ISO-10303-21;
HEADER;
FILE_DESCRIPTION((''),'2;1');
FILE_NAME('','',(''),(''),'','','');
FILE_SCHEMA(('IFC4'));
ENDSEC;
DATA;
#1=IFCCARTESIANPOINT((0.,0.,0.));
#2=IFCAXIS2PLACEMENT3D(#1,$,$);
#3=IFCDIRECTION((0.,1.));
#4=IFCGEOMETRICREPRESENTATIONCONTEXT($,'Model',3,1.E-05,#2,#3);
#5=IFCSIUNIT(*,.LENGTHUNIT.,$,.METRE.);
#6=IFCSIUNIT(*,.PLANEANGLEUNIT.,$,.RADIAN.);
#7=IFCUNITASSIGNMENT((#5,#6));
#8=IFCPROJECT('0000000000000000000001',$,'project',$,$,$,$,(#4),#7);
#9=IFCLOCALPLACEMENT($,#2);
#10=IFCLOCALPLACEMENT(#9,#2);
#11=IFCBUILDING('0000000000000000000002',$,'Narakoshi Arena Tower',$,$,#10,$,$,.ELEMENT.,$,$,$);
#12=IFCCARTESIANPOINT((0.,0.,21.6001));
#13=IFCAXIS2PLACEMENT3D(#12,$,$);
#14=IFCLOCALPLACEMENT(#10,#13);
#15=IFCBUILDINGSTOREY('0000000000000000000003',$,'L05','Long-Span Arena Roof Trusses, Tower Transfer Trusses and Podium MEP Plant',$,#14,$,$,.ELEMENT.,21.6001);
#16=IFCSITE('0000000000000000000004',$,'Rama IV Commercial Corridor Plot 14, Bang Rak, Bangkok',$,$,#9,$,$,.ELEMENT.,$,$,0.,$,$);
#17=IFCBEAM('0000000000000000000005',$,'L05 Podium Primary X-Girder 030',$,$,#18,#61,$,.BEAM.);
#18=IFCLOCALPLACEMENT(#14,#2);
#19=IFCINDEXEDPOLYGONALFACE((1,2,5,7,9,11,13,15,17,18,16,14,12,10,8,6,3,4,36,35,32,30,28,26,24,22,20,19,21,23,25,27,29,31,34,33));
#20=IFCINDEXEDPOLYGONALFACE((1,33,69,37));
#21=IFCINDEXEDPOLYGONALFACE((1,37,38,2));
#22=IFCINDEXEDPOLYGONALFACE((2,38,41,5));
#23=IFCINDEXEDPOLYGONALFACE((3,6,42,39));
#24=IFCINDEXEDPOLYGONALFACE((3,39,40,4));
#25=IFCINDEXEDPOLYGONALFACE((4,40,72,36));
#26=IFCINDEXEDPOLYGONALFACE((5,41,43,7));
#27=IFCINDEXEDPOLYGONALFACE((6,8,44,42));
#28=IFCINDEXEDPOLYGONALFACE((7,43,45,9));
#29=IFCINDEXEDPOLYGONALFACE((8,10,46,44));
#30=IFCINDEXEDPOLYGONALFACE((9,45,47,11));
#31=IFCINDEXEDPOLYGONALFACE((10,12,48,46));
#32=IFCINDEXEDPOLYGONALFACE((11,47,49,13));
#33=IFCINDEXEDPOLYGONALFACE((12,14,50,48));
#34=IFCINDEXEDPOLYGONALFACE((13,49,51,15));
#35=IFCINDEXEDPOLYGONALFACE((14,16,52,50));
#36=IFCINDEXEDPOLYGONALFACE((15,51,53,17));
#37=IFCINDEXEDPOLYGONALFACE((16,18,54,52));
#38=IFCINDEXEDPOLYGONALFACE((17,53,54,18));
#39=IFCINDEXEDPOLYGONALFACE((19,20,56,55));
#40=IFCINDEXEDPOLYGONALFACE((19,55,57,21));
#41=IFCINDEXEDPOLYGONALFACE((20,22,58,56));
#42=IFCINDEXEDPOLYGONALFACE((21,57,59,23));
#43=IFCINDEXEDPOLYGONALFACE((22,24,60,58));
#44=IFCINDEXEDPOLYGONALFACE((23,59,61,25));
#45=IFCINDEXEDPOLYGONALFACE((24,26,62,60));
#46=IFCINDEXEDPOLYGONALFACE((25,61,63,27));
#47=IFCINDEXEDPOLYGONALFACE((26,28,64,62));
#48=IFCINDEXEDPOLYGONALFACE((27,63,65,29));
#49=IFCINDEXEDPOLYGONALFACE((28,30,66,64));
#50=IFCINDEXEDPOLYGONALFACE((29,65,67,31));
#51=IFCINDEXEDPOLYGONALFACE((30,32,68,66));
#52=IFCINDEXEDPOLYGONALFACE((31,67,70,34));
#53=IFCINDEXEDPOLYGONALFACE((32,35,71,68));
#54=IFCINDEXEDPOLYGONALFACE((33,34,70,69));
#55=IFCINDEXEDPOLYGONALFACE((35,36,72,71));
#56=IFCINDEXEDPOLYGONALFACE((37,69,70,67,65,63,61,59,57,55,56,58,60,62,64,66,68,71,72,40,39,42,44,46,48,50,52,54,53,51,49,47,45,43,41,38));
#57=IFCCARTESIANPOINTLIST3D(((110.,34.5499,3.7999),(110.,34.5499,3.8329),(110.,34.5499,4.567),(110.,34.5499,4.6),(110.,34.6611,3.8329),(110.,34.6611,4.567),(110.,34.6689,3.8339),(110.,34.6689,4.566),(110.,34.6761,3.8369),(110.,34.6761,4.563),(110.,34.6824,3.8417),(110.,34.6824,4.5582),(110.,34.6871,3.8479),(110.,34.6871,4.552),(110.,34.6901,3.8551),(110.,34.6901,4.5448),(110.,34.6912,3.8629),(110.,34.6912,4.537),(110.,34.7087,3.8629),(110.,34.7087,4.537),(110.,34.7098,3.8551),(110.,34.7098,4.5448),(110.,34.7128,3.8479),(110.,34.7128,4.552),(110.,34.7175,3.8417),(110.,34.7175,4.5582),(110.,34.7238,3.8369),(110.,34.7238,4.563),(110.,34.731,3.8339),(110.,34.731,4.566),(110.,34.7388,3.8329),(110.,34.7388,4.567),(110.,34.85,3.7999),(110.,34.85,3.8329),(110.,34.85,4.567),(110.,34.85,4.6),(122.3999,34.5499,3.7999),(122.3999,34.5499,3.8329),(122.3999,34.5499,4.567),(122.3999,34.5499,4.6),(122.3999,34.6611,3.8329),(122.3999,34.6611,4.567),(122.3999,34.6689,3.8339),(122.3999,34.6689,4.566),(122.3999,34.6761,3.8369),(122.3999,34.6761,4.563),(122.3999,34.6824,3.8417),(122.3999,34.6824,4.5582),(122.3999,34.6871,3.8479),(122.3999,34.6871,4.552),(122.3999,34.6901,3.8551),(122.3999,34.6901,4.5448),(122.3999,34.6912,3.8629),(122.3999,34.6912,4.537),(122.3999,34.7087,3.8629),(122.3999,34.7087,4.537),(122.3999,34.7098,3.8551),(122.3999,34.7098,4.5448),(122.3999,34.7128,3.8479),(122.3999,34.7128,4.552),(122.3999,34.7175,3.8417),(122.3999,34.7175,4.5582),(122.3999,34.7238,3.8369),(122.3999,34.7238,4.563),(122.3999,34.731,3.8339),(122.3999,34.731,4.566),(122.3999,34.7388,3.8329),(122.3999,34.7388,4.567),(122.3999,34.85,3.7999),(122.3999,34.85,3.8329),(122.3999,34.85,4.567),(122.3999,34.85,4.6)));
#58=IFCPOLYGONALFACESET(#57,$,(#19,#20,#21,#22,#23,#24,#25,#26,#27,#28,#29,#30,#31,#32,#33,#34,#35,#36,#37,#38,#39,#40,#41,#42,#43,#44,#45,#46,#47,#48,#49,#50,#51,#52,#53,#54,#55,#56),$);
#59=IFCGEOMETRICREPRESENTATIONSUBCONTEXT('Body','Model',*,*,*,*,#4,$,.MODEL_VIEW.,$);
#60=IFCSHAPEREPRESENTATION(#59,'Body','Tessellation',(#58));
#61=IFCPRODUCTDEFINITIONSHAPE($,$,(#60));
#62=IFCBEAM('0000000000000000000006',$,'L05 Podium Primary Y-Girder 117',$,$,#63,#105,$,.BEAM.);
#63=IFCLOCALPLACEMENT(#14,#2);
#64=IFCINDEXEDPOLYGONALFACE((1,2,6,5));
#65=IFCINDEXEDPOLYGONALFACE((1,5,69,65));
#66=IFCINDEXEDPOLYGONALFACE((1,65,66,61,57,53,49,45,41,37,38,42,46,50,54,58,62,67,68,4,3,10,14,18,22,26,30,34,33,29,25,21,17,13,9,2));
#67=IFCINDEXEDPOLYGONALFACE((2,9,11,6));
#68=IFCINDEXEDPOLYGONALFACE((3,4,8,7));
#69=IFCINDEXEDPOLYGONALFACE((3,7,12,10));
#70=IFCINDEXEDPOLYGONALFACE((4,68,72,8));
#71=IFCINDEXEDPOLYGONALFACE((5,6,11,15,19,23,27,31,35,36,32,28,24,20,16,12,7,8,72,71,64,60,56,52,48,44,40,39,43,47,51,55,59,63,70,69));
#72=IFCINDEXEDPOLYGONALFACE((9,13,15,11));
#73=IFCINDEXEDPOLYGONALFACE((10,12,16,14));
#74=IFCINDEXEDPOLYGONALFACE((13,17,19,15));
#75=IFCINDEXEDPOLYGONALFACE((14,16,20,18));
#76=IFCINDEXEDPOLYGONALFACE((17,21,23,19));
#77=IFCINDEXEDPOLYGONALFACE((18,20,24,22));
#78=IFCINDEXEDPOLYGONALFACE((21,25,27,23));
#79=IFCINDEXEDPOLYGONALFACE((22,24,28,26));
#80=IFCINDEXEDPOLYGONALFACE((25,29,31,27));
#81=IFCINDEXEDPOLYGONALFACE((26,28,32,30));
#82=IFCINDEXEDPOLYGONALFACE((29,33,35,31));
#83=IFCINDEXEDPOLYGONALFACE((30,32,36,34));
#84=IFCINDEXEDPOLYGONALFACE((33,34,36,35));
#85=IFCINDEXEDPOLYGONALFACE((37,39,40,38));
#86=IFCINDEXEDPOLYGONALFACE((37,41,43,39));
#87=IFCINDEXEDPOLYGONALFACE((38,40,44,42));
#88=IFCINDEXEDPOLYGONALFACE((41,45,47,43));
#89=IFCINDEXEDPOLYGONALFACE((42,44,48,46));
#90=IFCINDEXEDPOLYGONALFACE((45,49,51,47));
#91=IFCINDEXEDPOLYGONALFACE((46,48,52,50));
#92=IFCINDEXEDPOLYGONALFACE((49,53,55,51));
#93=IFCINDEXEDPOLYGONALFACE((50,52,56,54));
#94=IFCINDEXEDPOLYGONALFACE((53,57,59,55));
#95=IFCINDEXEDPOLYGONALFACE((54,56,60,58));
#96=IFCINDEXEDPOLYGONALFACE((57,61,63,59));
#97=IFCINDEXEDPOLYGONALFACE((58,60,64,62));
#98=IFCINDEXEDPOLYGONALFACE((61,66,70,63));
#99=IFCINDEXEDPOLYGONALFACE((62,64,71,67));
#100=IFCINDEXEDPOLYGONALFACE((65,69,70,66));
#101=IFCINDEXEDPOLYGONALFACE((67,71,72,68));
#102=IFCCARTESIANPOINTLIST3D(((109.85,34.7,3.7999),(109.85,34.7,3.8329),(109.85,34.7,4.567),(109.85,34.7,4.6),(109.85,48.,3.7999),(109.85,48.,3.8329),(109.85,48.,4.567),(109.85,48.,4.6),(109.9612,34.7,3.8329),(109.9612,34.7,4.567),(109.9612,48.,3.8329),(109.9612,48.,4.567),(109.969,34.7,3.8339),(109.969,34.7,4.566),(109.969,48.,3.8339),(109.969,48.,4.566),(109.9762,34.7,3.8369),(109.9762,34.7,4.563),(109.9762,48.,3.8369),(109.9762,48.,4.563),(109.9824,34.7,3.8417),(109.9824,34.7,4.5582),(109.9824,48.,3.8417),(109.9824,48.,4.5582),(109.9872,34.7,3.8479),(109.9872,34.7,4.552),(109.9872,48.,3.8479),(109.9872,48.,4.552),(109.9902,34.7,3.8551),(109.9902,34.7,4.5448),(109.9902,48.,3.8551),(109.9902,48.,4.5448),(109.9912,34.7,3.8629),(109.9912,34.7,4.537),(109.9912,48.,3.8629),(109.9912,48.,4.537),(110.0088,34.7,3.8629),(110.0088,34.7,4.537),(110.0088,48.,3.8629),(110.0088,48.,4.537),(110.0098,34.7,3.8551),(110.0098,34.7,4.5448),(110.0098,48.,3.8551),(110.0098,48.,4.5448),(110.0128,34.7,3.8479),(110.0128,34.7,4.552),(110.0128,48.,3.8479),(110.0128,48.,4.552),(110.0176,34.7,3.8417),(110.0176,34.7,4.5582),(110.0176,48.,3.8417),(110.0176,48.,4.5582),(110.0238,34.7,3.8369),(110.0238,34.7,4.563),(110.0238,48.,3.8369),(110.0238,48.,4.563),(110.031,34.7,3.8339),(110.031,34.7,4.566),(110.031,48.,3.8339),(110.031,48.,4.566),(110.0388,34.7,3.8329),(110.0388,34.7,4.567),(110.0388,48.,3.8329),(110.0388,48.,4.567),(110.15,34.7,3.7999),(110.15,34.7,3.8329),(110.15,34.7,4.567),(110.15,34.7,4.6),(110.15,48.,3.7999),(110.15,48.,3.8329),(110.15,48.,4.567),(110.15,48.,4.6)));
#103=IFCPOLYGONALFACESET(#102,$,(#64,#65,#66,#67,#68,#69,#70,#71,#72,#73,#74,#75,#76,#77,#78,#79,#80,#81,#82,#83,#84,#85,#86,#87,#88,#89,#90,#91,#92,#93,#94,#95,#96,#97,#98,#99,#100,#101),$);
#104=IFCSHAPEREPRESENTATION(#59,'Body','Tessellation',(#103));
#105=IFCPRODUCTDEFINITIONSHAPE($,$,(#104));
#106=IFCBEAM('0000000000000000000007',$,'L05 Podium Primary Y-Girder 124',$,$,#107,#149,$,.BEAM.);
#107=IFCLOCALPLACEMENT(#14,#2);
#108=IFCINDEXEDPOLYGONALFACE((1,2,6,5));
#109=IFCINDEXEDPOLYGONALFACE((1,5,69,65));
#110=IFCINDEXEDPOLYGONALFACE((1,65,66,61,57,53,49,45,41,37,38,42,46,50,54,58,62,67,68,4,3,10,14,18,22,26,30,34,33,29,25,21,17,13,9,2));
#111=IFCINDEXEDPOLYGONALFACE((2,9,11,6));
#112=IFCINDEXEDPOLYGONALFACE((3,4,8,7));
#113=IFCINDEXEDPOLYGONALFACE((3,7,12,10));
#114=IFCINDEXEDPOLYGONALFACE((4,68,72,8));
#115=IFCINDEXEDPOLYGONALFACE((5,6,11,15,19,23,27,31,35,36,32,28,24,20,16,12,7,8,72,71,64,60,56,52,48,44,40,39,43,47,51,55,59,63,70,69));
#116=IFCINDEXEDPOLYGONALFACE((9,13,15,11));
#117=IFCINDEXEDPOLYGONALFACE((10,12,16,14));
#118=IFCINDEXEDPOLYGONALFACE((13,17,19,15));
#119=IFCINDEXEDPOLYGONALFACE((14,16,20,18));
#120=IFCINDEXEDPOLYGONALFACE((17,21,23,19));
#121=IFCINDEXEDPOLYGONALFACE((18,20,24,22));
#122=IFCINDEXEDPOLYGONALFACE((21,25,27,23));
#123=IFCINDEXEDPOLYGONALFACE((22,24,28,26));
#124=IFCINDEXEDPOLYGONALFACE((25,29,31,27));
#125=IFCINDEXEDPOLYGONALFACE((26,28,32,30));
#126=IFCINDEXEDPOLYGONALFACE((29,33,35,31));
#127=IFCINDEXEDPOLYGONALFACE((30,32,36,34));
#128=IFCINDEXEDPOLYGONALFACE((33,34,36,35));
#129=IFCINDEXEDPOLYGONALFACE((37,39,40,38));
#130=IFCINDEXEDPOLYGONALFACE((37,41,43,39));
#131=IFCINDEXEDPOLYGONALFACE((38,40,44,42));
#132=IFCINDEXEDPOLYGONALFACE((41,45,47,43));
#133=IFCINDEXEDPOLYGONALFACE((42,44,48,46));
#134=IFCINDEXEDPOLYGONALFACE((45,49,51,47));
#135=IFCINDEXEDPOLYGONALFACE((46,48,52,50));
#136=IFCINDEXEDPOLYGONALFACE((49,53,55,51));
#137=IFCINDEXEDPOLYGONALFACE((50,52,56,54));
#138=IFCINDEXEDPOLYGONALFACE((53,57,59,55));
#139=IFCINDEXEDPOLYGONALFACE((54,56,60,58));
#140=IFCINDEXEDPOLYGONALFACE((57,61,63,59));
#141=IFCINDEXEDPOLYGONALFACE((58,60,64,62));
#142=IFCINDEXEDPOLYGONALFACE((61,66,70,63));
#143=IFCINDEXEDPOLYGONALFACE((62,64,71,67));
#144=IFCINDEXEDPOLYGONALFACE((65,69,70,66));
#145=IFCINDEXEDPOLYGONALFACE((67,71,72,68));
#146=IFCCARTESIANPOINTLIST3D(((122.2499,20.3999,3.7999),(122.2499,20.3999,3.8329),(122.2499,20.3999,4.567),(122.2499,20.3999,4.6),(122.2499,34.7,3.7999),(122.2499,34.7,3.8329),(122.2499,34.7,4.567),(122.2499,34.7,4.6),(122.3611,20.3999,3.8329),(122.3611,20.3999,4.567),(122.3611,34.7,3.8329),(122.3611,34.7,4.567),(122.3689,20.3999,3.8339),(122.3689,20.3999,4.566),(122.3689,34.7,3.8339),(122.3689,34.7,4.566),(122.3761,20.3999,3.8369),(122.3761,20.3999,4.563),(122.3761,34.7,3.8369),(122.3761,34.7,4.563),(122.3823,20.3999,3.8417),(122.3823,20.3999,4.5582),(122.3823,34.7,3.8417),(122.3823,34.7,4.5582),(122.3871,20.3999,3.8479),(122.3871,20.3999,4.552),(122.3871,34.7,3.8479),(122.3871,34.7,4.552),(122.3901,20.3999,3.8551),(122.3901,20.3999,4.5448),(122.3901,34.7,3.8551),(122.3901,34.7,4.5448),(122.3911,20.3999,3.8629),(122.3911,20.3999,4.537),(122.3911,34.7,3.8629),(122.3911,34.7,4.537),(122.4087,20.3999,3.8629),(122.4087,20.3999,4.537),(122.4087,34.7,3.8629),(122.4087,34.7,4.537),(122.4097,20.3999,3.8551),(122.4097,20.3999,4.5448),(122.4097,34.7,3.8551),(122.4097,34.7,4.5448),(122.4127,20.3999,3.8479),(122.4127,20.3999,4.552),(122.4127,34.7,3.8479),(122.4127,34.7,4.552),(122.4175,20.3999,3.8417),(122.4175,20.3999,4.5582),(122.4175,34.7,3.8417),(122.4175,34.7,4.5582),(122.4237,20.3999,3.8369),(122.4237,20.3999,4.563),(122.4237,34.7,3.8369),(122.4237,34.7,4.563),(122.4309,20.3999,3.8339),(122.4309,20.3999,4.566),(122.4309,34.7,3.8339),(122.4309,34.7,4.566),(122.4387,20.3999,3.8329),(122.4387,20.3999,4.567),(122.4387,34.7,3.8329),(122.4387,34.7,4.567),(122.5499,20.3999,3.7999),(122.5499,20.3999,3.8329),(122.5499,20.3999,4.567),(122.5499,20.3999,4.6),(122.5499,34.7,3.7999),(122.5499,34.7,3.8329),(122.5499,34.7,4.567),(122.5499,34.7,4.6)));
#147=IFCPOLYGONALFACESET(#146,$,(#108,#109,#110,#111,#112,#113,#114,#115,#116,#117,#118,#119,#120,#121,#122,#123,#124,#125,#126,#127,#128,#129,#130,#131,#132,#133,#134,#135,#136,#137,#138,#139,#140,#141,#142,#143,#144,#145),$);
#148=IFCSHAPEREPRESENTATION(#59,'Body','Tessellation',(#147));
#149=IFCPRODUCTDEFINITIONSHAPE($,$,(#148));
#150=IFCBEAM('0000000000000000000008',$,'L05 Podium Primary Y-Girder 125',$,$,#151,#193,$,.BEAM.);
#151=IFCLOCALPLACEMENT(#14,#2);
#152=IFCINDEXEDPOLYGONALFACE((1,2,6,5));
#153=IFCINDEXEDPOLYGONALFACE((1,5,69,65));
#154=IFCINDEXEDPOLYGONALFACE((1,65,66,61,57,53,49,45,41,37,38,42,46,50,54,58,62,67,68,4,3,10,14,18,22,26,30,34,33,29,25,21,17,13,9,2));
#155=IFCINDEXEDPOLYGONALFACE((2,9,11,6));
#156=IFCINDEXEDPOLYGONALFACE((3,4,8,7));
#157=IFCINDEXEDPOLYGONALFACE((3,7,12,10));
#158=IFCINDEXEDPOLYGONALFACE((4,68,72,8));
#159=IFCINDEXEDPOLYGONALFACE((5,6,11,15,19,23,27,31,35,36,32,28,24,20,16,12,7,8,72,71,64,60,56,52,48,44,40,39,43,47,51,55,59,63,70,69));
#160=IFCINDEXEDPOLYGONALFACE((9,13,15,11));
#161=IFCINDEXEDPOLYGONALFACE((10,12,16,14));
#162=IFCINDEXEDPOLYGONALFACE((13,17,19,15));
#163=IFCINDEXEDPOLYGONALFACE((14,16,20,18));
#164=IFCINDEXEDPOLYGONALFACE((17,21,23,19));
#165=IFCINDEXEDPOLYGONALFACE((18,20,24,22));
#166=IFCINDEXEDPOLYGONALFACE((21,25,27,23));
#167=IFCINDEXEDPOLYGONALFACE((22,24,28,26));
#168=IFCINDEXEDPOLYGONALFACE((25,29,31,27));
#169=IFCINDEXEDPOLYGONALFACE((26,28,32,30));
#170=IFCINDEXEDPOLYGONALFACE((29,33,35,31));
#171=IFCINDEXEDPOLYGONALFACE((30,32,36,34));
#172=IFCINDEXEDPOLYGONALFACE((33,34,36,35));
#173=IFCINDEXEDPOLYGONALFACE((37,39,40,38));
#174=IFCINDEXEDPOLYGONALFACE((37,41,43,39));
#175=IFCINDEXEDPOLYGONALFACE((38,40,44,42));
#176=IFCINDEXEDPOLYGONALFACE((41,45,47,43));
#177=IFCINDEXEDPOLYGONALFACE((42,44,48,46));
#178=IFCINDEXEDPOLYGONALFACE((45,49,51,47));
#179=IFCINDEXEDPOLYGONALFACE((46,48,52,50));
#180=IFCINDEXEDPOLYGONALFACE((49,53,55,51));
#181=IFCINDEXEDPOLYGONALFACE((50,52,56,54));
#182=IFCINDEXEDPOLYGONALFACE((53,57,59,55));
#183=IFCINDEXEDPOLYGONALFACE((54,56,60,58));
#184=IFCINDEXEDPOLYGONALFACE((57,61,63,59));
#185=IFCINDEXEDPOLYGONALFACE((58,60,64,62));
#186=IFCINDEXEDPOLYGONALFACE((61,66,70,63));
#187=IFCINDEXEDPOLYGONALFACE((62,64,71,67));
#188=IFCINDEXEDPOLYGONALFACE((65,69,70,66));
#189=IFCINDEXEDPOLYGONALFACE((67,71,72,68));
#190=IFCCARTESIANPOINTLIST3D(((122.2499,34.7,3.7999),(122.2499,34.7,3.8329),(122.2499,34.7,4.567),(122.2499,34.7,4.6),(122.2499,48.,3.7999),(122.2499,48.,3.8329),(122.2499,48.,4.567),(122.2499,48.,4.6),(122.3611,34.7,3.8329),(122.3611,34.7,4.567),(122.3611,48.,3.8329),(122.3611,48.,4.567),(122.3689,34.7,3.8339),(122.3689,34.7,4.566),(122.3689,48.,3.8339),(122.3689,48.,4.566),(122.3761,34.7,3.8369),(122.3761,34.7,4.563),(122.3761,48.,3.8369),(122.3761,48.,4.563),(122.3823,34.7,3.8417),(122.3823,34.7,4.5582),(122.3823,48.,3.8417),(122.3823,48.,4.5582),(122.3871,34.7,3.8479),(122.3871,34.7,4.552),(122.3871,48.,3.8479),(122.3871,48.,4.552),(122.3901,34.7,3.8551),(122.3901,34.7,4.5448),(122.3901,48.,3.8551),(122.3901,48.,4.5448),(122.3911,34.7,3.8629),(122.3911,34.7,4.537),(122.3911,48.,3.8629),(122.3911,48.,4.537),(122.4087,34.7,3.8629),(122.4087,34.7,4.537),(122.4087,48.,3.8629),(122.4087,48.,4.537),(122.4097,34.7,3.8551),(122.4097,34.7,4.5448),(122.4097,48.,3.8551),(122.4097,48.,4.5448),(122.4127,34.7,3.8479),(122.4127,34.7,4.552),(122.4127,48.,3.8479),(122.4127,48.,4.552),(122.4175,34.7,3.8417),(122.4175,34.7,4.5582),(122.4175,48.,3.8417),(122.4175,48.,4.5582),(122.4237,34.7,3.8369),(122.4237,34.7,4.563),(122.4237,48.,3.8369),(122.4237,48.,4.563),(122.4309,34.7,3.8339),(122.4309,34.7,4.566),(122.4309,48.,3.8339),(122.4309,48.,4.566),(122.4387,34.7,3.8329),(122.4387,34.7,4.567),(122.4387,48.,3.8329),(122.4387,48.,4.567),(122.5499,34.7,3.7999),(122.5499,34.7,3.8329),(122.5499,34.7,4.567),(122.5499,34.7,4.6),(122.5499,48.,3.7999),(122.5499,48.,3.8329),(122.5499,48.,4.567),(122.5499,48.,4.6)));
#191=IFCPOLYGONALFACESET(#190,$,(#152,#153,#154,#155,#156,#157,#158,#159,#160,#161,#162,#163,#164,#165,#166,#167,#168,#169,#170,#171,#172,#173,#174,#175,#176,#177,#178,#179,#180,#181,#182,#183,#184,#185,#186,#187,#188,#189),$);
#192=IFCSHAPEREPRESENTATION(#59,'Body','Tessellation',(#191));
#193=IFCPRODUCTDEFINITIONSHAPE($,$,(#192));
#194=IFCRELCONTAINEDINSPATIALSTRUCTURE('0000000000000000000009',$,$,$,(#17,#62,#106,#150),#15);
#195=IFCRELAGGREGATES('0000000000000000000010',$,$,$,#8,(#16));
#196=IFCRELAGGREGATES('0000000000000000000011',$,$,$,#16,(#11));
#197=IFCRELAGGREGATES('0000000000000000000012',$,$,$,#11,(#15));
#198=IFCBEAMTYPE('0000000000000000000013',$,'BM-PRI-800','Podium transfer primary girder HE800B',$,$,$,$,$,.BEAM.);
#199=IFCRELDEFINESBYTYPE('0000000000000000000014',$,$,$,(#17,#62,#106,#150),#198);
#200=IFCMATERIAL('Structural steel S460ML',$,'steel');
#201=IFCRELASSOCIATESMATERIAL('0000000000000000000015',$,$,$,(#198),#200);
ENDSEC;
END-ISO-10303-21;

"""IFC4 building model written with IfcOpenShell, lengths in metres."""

from ifc_helpers import new_model, si_unit, direction, frame, origin, origin_2d, place, context, subcontext, project, spatial, i_section, extrude, material, material_profile, profile_set, type_object, element, save


model = new_model("IFC4")

# Units and contexts
model_context = context("Model", 3, precision=1e-05, world=origin(), true_north=direction((0.0, 1.0)))
body_context = subcontext(model_context, "Body", "Model", "MODEL_VIEW")
ifc_project = project(units=[si_unit("LENGTHUNIT", "METRE"), si_unit("PLANEANGLEUNIT", "RADIAN")], contexts=[model_context])

# Site, building, storey
site_placement = place(None, origin())
site = spatial("IfcSite", under=ifc_project, at=site_placement, Name="Rama IV Commercial Corridor Plot 14, Bang Rak, Bangkok", CompositionType="ELEMENT", RefElevation=0.0)
building_placement = place(site_placement, origin())
building = spatial("IfcBuilding", under=site, at=building_placement, Name="Narakoshi Arena Tower", CompositionType="ELEMENT")
storey_placement = place(building_placement, frame((0.0, 0.0, 21.6001)))
storey = spatial("IfcBuildingStorey", under=building, at=storey_placement, Name="L05", Description="Long-Span Arena Roof Trusses, Tower Transfer Trusses and Podium MEP Plant", CompositionType="ELEMENT", Elevation=21.6001)

# Beams
ifc_material_1 = material(Name="Structural steel S460ML", Category="steel")
ifc_material_profile_1 = material_profile(ifc_material_1, i_section(OverallWidth=0.3, OverallDepth=0.8, WebThickness=0.0176, FlangeThickness=0.033, FilletRadius=0.03, at=origin_2d()), Name="HE800B")
ifc_profile_set_1 = profile_set([ifc_material_profile_1], Name="Structural steel S460ML")
beam_type_1 = type_object("IfcBeamType", Name="BM-PRI-800", Description="Podium transfer primary girder HE800B", PredefinedType="BEAM", material=ifc_profile_set_1)
beam_1_placement = place(storey_placement, frame((110.0, 34.7, 4.2), z_axis=(1.0, 0.0, 0.0), x_axis=(0.0, 1.0, 0.0)))
element("IfcBeam", 1, at=beam_1_placement, inside=storey, type_object=beam_type_1, Name="L05 Podium Primary X-Girder 030", PredefinedType="BEAM", context=body_context, shape_type="SweptSolid", body=[
    extrude(i_section(OverallWidth=0.3, OverallDepth=0.8, WebThickness=0.0176, FlangeThickness=0.033, FilletRadius=0.03, at=origin_2d()), origin(), (0.0, 0.0, 1.0), 12.3999),
])
beam_2_placement = place(storey_placement, frame((110.0, 34.7, 4.2), z_axis=(0.0, 1.0, 0.0), x_axis=(-1.0, 0.0, 0.0)))
element("IfcBeam", 2, at=beam_2_placement, inside=storey, type_object=beam_type_1, Name="L05 Podium Primary Y-Girder 117", PredefinedType="BEAM", context=body_context, shape_type="SweptSolid", body=[
    extrude(i_section(OverallWidth=0.3, OverallDepth=0.8, WebThickness=0.0176, FlangeThickness=0.033, FilletRadius=0.03, at=origin_2d()), origin(), (0.0, 0.0, 1.0), 13.3),
])
beam_3_placement = place(storey_placement, frame((122.3999, 20.3999, 4.2), z_axis=(0.0, 1.0, 0.0), x_axis=(-1.0, 0.0, 0.0)))
element("IfcBeam", 3, at=beam_3_placement, inside=storey, type_object=beam_type_1, Name="L05 Podium Primary Y-Girder 124", PredefinedType="BEAM", context=body_context, shape_type="SweptSolid", body=[
    extrude(i_section(OverallWidth=0.3, OverallDepth=0.8, WebThickness=0.0176, FlangeThickness=0.033, FilletRadius=0.03, at=origin_2d()), origin(), (0.0, 0.0, 1.0), 14.3),
])
beam_4_placement = place(storey_placement, frame((122.3999, 34.7, 4.2), z_axis=(0.0, 1.0, 0.0), x_axis=(-1.0, 0.0, 0.0)))
element("IfcBeam", 4, at=beam_4_placement, inside=storey, type_object=beam_type_1, Name="L05 Podium Primary Y-Girder 125", PredefinedType="BEAM", context=body_context, shape_type="SweptSolid", body=[
    extrude(i_section(OverallWidth=0.3, OverallDepth=0.8, WebThickness=0.0176, FlangeThickness=0.033, FilletRadius=0.03, at=origin_2d()), origin(), (0.0, 0.0, 1.0), 13.3),
])

save(model, "model.ifc")
